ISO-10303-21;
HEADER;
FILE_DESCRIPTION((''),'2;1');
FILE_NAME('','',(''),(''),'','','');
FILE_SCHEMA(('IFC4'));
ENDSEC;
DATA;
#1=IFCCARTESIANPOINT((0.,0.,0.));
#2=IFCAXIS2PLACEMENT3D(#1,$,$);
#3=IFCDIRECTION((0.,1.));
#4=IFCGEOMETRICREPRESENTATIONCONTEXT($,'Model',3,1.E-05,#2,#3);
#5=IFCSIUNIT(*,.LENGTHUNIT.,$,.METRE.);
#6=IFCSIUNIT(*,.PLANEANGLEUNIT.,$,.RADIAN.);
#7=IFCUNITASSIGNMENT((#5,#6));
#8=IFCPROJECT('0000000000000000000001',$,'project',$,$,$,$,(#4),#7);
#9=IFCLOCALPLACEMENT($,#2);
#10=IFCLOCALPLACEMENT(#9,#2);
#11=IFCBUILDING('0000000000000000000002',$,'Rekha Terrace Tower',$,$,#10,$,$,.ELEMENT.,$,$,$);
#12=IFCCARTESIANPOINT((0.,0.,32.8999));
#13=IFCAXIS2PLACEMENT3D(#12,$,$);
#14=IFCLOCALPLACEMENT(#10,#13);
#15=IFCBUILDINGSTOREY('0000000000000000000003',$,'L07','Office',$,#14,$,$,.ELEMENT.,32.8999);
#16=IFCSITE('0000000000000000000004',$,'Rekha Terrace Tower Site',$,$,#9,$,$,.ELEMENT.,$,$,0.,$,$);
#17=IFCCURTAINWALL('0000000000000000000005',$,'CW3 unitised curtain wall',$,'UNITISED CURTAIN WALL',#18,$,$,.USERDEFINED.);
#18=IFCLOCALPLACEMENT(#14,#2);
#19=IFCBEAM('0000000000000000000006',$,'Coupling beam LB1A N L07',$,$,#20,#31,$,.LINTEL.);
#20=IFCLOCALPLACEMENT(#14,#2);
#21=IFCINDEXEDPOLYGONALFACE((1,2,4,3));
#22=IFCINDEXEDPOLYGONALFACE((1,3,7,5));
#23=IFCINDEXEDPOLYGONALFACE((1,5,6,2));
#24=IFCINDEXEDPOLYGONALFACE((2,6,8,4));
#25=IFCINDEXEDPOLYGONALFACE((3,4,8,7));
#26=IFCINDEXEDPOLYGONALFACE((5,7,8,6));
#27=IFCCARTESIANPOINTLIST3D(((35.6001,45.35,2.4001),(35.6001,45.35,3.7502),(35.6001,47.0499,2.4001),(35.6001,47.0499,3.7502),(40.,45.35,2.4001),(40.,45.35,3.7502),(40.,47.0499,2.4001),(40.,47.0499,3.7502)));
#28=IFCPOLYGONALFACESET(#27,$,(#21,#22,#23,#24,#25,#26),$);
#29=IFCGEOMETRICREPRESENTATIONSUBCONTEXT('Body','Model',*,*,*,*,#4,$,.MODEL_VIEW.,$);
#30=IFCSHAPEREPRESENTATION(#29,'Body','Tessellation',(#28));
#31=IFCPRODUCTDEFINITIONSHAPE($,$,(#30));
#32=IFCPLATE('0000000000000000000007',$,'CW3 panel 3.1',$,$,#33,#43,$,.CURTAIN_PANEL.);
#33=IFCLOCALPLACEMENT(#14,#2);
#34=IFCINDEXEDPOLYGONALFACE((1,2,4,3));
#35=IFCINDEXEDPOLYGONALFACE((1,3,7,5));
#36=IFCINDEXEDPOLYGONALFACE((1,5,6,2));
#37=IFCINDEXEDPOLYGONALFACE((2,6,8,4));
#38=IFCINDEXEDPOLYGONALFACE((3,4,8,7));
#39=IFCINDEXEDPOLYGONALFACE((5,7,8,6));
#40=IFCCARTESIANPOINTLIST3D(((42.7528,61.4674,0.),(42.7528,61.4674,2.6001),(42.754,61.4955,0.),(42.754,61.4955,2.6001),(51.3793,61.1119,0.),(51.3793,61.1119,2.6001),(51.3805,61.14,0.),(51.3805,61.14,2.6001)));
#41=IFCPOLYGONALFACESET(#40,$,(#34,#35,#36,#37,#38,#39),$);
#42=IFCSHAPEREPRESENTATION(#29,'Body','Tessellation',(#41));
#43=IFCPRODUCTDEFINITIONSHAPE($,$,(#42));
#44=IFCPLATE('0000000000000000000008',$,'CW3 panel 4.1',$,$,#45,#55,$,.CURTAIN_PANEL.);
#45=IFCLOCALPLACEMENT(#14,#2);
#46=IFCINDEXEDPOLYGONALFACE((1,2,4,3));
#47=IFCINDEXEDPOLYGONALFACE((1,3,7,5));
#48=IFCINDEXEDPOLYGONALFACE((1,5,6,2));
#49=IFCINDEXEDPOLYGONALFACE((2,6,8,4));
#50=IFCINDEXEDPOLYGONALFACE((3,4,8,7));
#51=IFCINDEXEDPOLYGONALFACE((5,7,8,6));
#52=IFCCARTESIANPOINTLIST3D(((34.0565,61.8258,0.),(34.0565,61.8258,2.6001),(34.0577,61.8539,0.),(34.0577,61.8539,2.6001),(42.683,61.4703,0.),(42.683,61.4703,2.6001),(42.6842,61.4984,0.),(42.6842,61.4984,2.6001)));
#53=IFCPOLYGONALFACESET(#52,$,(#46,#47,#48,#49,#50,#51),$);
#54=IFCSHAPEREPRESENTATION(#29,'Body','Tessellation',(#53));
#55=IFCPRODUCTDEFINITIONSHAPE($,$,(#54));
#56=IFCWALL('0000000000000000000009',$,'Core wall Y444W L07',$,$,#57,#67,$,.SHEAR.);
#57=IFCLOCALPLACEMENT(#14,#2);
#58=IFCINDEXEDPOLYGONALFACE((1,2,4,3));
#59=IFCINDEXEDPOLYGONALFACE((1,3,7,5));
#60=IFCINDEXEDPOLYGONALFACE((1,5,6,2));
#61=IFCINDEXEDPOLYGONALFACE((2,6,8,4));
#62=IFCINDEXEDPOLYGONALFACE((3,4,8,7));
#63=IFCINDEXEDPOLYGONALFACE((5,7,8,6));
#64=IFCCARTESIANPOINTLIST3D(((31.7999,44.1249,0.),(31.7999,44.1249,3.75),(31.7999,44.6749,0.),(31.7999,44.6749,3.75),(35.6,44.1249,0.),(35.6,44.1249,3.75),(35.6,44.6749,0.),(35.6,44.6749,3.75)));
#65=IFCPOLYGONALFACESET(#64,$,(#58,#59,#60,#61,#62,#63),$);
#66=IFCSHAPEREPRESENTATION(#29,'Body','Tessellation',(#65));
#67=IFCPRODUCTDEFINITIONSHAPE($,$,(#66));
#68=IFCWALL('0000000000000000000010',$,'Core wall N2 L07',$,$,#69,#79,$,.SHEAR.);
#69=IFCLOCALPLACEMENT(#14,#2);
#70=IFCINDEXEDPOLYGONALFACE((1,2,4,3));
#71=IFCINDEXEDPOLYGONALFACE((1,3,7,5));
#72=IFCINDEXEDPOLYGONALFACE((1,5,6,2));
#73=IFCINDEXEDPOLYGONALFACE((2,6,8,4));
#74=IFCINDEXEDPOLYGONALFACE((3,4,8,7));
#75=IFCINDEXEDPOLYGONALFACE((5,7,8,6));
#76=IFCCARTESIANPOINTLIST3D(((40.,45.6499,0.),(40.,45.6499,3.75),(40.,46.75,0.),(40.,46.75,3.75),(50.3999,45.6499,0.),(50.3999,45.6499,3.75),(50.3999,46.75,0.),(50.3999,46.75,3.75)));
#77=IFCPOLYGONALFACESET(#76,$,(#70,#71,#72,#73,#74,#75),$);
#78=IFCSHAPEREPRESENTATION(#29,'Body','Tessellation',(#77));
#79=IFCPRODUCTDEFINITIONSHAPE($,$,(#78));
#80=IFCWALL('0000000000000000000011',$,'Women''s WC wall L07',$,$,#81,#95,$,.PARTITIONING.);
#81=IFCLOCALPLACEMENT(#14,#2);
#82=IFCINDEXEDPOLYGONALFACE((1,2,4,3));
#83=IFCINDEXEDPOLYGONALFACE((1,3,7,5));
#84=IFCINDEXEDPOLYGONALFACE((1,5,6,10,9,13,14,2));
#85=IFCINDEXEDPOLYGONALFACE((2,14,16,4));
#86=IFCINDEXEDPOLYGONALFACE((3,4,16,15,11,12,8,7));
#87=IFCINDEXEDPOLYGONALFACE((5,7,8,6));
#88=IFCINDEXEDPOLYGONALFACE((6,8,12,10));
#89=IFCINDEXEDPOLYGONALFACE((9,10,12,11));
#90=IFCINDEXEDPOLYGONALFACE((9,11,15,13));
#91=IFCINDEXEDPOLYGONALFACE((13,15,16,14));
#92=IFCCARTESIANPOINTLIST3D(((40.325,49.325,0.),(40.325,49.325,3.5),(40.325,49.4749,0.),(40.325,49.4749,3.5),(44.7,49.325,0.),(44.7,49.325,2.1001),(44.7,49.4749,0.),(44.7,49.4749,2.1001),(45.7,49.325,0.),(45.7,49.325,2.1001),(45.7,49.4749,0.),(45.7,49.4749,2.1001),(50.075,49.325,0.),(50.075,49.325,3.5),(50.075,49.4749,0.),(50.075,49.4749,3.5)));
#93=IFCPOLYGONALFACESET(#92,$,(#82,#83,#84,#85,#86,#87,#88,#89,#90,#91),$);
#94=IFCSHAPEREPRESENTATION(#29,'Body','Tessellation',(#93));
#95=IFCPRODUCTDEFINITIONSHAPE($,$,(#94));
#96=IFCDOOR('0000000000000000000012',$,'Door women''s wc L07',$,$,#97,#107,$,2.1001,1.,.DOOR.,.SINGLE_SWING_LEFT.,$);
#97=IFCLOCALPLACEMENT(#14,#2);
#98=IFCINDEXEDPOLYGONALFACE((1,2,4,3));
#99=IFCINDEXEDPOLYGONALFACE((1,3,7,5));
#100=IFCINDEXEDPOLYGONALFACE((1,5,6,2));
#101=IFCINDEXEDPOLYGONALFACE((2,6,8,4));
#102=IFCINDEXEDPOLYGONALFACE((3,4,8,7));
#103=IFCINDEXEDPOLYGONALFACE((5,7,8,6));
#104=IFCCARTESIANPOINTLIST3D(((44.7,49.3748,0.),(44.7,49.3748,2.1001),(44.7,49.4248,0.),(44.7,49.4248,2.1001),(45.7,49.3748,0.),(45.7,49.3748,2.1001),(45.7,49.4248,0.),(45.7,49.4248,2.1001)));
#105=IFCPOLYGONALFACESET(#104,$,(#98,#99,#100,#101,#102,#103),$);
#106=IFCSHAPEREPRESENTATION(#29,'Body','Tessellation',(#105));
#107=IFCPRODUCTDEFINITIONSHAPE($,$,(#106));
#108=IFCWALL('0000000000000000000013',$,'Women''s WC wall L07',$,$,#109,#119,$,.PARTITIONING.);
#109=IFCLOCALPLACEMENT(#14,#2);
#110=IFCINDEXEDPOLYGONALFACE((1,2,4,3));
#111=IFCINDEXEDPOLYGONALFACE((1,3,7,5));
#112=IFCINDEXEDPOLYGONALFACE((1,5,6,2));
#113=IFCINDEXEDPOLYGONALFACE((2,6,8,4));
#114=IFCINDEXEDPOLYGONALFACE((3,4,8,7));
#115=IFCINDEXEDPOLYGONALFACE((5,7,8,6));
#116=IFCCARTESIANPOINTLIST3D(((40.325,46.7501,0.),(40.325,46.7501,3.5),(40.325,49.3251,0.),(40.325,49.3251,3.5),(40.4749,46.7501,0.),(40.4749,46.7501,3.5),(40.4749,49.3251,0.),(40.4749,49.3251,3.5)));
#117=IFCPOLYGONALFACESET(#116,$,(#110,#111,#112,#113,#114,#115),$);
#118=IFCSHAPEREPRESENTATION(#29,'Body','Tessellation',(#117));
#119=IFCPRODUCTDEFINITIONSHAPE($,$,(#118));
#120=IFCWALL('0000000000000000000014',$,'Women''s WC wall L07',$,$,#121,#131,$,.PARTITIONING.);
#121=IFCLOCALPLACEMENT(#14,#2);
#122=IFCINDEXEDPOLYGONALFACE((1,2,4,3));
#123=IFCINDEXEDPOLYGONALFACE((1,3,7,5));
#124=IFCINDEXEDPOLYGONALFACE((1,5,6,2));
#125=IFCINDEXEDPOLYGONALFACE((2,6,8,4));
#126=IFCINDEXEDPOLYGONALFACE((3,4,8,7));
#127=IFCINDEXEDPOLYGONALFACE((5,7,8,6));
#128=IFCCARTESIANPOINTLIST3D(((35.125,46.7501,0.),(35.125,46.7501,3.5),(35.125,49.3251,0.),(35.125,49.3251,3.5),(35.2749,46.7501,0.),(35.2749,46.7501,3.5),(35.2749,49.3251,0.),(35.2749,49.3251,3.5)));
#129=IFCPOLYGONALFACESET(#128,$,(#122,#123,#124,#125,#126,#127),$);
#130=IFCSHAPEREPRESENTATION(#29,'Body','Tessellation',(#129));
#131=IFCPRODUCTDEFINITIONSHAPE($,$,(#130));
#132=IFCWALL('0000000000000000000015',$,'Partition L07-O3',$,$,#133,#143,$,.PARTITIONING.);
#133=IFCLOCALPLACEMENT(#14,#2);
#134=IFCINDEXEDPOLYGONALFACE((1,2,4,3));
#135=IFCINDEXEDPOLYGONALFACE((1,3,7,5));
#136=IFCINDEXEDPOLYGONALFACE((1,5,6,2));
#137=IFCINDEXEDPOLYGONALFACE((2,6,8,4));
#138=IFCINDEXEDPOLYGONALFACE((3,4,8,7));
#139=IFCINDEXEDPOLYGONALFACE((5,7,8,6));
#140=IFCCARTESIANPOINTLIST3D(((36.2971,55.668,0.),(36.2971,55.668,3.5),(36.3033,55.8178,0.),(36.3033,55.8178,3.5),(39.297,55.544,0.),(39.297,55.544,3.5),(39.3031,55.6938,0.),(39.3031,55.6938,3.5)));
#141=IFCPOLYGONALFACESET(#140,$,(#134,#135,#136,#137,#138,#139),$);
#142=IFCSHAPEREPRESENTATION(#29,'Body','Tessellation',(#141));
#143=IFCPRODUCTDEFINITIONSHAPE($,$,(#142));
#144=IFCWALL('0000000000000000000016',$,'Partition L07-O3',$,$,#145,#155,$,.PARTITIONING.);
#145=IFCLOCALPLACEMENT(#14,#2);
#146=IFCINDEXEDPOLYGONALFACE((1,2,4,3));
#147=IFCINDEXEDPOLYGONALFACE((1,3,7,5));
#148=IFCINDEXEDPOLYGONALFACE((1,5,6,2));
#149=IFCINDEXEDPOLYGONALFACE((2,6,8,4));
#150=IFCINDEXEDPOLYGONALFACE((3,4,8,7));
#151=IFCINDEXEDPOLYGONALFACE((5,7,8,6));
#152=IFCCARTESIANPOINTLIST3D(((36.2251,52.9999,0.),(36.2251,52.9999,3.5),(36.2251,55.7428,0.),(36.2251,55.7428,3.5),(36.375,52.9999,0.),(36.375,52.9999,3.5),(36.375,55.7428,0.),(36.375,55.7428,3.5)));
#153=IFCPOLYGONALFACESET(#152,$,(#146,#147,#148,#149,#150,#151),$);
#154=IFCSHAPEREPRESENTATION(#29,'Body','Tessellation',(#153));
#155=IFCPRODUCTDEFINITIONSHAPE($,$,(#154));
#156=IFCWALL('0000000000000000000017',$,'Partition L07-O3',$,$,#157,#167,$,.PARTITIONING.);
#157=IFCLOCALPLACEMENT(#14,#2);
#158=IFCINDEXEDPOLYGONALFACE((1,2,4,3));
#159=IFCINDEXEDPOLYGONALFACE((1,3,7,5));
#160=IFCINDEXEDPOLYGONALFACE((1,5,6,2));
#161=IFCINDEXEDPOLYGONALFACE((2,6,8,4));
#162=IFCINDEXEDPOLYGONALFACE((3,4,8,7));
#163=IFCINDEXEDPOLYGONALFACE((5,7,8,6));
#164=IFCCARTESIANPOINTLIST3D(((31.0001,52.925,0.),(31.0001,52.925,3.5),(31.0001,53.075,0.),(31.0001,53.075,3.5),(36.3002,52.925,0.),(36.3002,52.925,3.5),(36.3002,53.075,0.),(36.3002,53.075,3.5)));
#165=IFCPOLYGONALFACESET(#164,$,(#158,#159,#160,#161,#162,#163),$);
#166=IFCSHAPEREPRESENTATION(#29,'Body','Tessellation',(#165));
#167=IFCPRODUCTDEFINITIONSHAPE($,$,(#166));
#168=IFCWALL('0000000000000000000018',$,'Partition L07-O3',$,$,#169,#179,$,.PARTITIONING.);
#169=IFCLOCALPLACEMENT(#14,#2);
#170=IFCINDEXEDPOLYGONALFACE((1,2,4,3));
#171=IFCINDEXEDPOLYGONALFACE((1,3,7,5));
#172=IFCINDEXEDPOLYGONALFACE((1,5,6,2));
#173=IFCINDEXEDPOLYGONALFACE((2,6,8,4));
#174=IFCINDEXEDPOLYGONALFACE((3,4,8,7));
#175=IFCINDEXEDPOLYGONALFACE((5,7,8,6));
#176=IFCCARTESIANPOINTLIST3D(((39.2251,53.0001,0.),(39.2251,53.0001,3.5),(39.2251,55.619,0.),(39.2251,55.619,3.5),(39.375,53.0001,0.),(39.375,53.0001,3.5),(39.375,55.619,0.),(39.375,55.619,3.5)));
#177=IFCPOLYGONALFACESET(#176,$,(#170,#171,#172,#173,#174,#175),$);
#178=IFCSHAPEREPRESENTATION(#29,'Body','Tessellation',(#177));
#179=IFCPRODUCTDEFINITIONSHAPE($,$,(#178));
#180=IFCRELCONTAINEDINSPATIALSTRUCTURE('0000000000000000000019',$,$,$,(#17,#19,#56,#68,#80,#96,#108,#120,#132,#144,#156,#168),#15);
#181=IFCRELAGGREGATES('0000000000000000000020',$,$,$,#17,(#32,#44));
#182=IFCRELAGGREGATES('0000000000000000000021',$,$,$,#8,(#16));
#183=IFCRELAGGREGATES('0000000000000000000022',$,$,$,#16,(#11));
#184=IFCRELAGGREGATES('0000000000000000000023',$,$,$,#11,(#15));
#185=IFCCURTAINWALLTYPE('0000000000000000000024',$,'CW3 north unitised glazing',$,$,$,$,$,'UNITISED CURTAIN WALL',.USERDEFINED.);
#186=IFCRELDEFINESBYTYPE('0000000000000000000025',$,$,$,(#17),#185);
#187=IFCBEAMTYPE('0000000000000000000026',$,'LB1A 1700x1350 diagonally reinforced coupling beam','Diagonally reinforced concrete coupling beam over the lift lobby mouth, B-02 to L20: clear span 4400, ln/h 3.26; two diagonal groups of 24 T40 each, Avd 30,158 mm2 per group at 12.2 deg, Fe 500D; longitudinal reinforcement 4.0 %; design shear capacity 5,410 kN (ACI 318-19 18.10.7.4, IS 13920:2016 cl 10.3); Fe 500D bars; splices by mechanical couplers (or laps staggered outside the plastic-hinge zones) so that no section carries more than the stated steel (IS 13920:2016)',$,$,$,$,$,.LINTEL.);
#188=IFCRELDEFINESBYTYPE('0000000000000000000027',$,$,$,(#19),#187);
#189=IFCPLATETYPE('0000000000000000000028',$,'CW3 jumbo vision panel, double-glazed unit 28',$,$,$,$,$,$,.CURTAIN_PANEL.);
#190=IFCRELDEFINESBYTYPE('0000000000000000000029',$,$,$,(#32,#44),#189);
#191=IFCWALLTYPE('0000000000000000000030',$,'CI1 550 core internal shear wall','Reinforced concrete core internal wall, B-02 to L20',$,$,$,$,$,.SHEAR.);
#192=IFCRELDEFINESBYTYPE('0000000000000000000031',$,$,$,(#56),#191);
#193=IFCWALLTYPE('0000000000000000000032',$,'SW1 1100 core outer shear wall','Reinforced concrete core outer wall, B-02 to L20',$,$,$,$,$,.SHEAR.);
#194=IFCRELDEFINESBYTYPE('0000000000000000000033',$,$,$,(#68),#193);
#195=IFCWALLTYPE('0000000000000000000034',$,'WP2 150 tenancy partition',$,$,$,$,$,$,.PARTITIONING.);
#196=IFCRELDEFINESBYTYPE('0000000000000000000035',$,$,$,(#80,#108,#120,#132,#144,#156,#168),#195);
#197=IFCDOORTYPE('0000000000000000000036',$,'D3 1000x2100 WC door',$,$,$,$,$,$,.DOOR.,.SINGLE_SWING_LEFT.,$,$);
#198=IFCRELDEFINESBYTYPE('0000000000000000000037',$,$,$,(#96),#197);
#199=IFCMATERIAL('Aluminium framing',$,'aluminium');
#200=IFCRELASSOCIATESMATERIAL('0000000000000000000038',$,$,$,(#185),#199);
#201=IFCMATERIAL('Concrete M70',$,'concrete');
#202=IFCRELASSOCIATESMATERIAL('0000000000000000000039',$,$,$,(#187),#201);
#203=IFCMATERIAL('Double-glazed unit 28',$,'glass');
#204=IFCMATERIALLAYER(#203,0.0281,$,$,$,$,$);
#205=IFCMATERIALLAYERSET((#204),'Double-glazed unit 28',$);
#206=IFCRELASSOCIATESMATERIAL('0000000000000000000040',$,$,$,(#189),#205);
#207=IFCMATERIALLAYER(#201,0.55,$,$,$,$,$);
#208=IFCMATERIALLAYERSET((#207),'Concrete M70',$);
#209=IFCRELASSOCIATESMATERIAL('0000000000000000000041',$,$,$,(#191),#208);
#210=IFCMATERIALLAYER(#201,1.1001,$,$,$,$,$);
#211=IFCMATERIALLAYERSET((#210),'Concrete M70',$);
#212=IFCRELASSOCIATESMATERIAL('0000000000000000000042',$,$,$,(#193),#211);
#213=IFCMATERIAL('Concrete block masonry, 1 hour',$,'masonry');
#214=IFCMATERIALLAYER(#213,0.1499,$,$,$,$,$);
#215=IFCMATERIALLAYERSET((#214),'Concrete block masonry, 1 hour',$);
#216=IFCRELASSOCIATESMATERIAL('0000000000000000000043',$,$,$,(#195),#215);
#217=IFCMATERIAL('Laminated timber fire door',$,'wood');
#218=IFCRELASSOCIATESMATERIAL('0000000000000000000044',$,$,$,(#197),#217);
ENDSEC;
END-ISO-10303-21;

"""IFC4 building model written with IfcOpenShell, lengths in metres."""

from ifc_helpers import new_model, si_unit, direction, frame, frame_2d, origin, origin_2d, place, context, subcontext, project, spatial, rectangle, extrude, material, layer, layer_set, material_profile, profile_set, type_object, element, fill, aggregate, save


model = new_model("IFC4")

# Units and contexts
model_context = context("Model", 3, precision=1e-05, world=origin(), true_north=direction((0.0, 1.0)))
body_context = subcontext(model_context, "Body", "Model", "MODEL_VIEW")
ifc_project = project(units=[si_unit("LENGTHUNIT", "METRE"), si_unit("PLANEANGLEUNIT", "RADIAN")], contexts=[model_context])

# Site, building, storey
site_placement = place(None, origin())
site = spatial("IfcSite", under=ifc_project, at=site_placement, Name="Rekha Terrace Tower Site", CompositionType="ELEMENT", RefElevation=0.0)
building_placement = place(site_placement, origin())
building = spatial("IfcBuilding", under=site, at=building_placement, Name="Rekha Terrace Tower", CompositionType="ELEMENT")
storey_placement = place(building_placement, frame((0.0, 0.0, 32.8999)))
storey = spatial("IfcBuildingStorey", under=building, at=storey_placement, Name="L07", Description="Office", CompositionType="ELEMENT", Elevation=32.8999)

# Shared definitions
ifc_material_1 = material(Name="Concrete M70", Category="concrete")

# Curtain wall
ifc_material_2 = material(Name="Aluminium framing", Category="aluminium")
curtain_wall_type = type_object("IfcCurtainWallType", Name="CW3 north unitised glazing", ElementType="UNITISED CURTAIN WALL", PredefinedType="USERDEFINED", material=ifc_material_2)
curtain_wall_placement = place(storey_placement, origin())
curtain_wall = element("IfcCurtainWall", 1, at=curtain_wall_placement, inside=storey, type_object=curtain_wall_type, Name="CW3 unitised curtain wall", ObjectType="UNITISED CURTAIN WALL", PredefinedType="USERDEFINED")

# Beam
ifc_material_profile_1 = material_profile(ifc_material_1, rectangle(XDim=1.7, YDim=1.3501, at=origin_2d()), Name="RC 1700x1350")
ifc_profile_set_1 = profile_set([ifc_material_profile_1], Name="Concrete M70")
beam_type = type_object("IfcBeamType", Name="LB1A 1700x1350 diagonally reinforced coupling beam", Description="Diagonally reinforced concrete coupling beam over the lift lobby mouth, B-02 to L20: clear span 4400, ln/h 3.26; two diagonal groups of 24 T40 each, Avd 30,158 mm2 per group at 12.2 deg, Fe 500D; longitudinal reinforcement 4.0 %; design shear capacity 5,410 kN (ACI 318-19 18.10.7.4, IS 13920:2016 cl 10.3); Fe 500D bars; splices by mechanical couplers (or laps staggered outside the plastic-hinge zones) so that no section carries more than the stated steel (IS 13920:2016)", PredefinedType="LINTEL", material=ifc_profile_set_1)
beam_placement = place(storey_placement, frame((35.6001, 46.2, 3.0752), z_axis=(1.0, 0.0, 0.0), x_axis=(0.0, 1.0, 0.0)))
element("IfcBeam", 2, at=beam_placement, inside=storey, type_object=beam_type, Name="Coupling beam LB1A N L07", PredefinedType="LINTEL", context=body_context, shape_type="SweptSolid", body=[
    extrude(rectangle(XDim=1.7, YDim=1.3501, at=origin_2d()), origin(), (0.0, 0.0, 1.0), 4.3999),
])

# Plates
ifc_material_3 = material(Name="Double-glazed unit 28", Category="glass")
ifc_layer_1 = layer(ifc_material_3, 0.0281)
ifc_layer_set_1 = layer_set([ifc_layer_1], Name="Double-glazed unit 28")
plate_type = type_object("IfcPlateType", Name="CW3 jumbo vision panel, double-glazed unit 28", PredefinedType="CURTAIN_PANEL", material=ifc_layer_set_1)
plate_1_placement = place(storey_placement, frame((47.0667, 61.3037, 0.0), z_axis=(0.0, 0.0, 1.0), x_axis=(-0.999152, 0.041174, 0.0)))
plate_1 = element("IfcPlate", 3, at=plate_1_placement, type_object=plate_type, Name="CW3 panel 3.1", PredefinedType="CURTAIN_PANEL", context=body_context, shape_type="SweptSolid", body=[
    extrude(rectangle(XDim=8.6338, YDim=0.0281, at=origin_2d()), origin(), (0.0, 0.0, 1.0), 2.6001),
])
plate_2_placement = place(storey_placement, frame((38.3704, 61.6621, 0.0), z_axis=(0.0, 0.0, 1.0), x_axis=(-0.999152, 0.041174, 0.0)))
plate_2 = element("IfcPlate", 4, at=plate_2_placement, type_object=plate_type, Name="CW3 panel 4.1", PredefinedType="CURTAIN_PANEL", context=body_context, shape_type="SweptSolid", body=[
    extrude(rectangle(XDim=8.6338, YDim=0.0281, at=origin_2d()), origin(), (0.0, 0.0, 1.0), 2.6001),
])
aggregate(curtain_wall, [plate_1, plate_2])

# Walls
ifc_layer_2 = layer(ifc_material_1, 0.55)
ifc_layer_set_2 = layer_set([ifc_layer_2], Name="Concrete M70")
wall_type_1 = type_object("IfcWallType", Name="CI1 550 core internal shear wall", Description="Reinforced concrete core internal wall, B-02 to L20", PredefinedType="SHEAR", material=ifc_layer_set_2)
wall_1_placement = place(storey_placement, frame((31.8, 44.3999, 0.0), z_axis=(0.0, 0.0, 1.0), x_axis=(1.0, 0.0, 0.0)))
element("IfcWall", 5, at=wall_1_placement, inside=storey, type_object=wall_type_1, Name="Core wall Y444W L07", PredefinedType="SHEAR", context=body_context, shape_type="SweptSolid", body=[
    extrude(rectangle(XDim=3.8, YDim=0.55, at=frame_2d((1.8999, 0.0))), origin(), (0.0, 0.0, 1.0), 3.75),
])
ifc_layer_3 = layer(ifc_material_1, 1.1001)
ifc_layer_set_3 = layer_set([ifc_layer_3], Name="Concrete M70")
wall_type_2 = type_object("IfcWallType", Name="SW1 1100 core outer shear wall", Description="Reinforced concrete core outer wall, B-02 to L20", PredefinedType="SHEAR", material=ifc_layer_set_3)
wall_2_placement = place(storey_placement, frame((40.0, 46.2, 0.0), z_axis=(0.0, 0.0, 1.0), x_axis=(1.0, 0.0, 0.0)))
element("IfcWall", 6, at=wall_2_placement, inside=storey, type_object=wall_type_2, Name="Core wall N2 L07", PredefinedType="SHEAR", context=body_context, shape_type="SweptSolid", body=[
    extrude(rectangle(XDim=10.3999, YDim=1.1001, at=frame_2d((5.2, 0.0))), origin(), (0.0, 0.0, 1.0), 3.75),
])

# Wall, opening, door
ifc_material_4 = material(Name="Concrete block masonry, 1 hour", Category="masonry")
ifc_layer_4 = layer(ifc_material_4, 0.1499)
ifc_layer_set_4 = layer_set([ifc_layer_4], Name="Concrete block masonry, 1 hour")
wall_type_3 = type_object("IfcWallType", Name="WP2 150 tenancy partition", PredefinedType="PARTITIONING", material=ifc_layer_set_4)
wall_3_placement = place(storey_placement, frame((40.325, 49.3999, 0.0), z_axis=(0.0, 0.0, 1.0), x_axis=(1.0, 0.0, 0.0)))
wall_3 = element("IfcWall", 7, at=wall_3_placement, inside=storey, type_object=wall_type_3, Name="Women's WC wall L07", PredefinedType="PARTITIONING", context=body_context, shape_type="SweptSolid", body=[
    extrude(rectangle(XDim=9.75, YDim=0.1499, at=frame_2d((4.875, 0.0))), origin(), (0.0, 0.0, 1.0), 3.5),
])
opening_1_placement = place(wall_3_placement, frame((4.375, 0.0, 0.0)))
opening_1 = element("IfcOpeningElement", 8, at=opening_1_placement, cuts=wall_3, PredefinedType="OPENING", context=body_context, shape_type="SweptSolid", body=[
    extrude(rectangle(XDim=1.0, YDim=2.1001, at=frame_2d((0.5, 1.05))), frame((0.0, 0.085, 0.0), z_axis=(0.0, -1.0, 0.0), x_axis=(1.0, 0.0, 0.0)), (0.0, 0.0, 1.0), 0.1699),
])
ifc_material_5 = material(Name="Laminated timber fire door", Category="wood")
door_type_1 = type_object("IfcDoorType", Name="D3 1000x2100 WC door", OperationType="SINGLE_SWING_LEFT", PredefinedType="DOOR", material=ifc_material_5)
door_1_placement = place(opening_1_placement, origin())
door_1 = element("IfcDoor", 9, at=door_1_placement, inside=storey, type_object=door_type_1, Name="Door women's wc L07", OperationType="SINGLE_SWING_LEFT", OverallHeight=2.1001, OverallWidth=1.0, PredefinedType="DOOR", context=body_context, shape_type="SweptSolid", body=[
    extrude(rectangle(XDim=1.0, YDim=2.1001, at=frame_2d((0.5, 1.05))), frame((0.0, 0.0249, 0.0), z_axis=(0.0, -1.0, 0.0), x_axis=(1.0, 0.0, 0.0)), (0.0, 0.0, 1.0), 0.05),
])
fill(opening_1, door_1)

# Walls
for number, where, z_axis, x_axis, name in (
    (10, (40.3999, 46.75, 0.0), (0.0, 0.0, 1.0), (0.0, 1.0, 0.0), "Women's WC wall L07"),
    (11, (35.2, 46.75, 0.0), (0.0, 0.0, 1.0), (0.0, 1.0, 0.0), "Women's WC wall L07"),
):
    element("IfcWall", number, at=place(storey_placement, frame(where, z_axis=z_axis, x_axis=x_axis)), inside=storey, type_object=wall_type_3, Name=name, PredefinedType="PARTITIONING", context=body_context, shape_type="SweptSolid", body=[
        extrude(rectangle(XDim=2.575, YDim=0.1499, at=frame_2d((1.2876, 0.0))), origin(), (0.0, 0.0, 1.0), 3.5),
    ])
wall_4_placement = place(storey_placement, frame((39.3, 55.6189, 0.0), z_axis=(0.0, 0.0, 1.0), x_axis=(-0.999147, 0.041306, 0.0)))
element("IfcWall", 12, at=wall_4_placement, inside=storey, type_object=wall_type_3, Name="Partition L07-O3", PredefinedType="PARTITIONING", context=body_context, shape_type="SweptSolid", body=[
    extrude(rectangle(XDim=3.0024, YDim=0.1499, at=frame_2d((1.5012, 0.0))), origin(), (0.0, 0.0, 1.0), 3.5),
])
wall_5_placement = place(storey_placement, frame((36.3, 55.7429, 0.0), z_axis=(0.0, 0.0, 1.0), x_axis=(0.0, -1.0, 0.0)))
element("IfcWall", 13, at=wall_5_placement, inside=storey, type_object=wall_type_3, Name="Partition L07-O3", PredefinedType="PARTITIONING", context=body_context, shape_type="SweptSolid", body=[
    extrude(rectangle(XDim=2.7429, YDim=0.1499, at=frame_2d((1.3716, 0.0))), origin(), (0.0, 0.0, 1.0), 3.5),
])
wall_6_placement = place(storey_placement, frame((36.3, 53.0, 0.0), z_axis=(0.0, 0.0, 1.0), x_axis=(-1.0, 0.0, 0.0)))
element("IfcWall", 14, at=wall_6_placement, inside=storey, type_object=wall_type_3, Name="Partition L07-O3", PredefinedType="PARTITIONING", context=body_context, shape_type="SweptSolid", body=[
    extrude(rectangle(XDim=5.3, YDim=0.1499, at=frame_2d((2.6499, 0.0))), origin(), (0.0, 0.0, 1.0), 3.5),
])
wall_7_placement = place(storey_placement, frame((39.3, 53.0, 0.0), z_axis=(0.0, 0.0, 1.0), x_axis=(0.0, 1.0, 0.0)))
element("IfcWall", 15, at=wall_7_placement, inside=storey, type_object=wall_type_3, Name="Partition L07-O3", PredefinedType="PARTITIONING", context=body_context, shape_type="SweptSolid", body=[
    extrude(rectangle(XDim=2.6189, YDim=0.1499, at=frame_2d((1.3096, 0.0))), origin(), (0.0, 0.0, 1.0), 3.5),
])

save(model, "model.ifc")
